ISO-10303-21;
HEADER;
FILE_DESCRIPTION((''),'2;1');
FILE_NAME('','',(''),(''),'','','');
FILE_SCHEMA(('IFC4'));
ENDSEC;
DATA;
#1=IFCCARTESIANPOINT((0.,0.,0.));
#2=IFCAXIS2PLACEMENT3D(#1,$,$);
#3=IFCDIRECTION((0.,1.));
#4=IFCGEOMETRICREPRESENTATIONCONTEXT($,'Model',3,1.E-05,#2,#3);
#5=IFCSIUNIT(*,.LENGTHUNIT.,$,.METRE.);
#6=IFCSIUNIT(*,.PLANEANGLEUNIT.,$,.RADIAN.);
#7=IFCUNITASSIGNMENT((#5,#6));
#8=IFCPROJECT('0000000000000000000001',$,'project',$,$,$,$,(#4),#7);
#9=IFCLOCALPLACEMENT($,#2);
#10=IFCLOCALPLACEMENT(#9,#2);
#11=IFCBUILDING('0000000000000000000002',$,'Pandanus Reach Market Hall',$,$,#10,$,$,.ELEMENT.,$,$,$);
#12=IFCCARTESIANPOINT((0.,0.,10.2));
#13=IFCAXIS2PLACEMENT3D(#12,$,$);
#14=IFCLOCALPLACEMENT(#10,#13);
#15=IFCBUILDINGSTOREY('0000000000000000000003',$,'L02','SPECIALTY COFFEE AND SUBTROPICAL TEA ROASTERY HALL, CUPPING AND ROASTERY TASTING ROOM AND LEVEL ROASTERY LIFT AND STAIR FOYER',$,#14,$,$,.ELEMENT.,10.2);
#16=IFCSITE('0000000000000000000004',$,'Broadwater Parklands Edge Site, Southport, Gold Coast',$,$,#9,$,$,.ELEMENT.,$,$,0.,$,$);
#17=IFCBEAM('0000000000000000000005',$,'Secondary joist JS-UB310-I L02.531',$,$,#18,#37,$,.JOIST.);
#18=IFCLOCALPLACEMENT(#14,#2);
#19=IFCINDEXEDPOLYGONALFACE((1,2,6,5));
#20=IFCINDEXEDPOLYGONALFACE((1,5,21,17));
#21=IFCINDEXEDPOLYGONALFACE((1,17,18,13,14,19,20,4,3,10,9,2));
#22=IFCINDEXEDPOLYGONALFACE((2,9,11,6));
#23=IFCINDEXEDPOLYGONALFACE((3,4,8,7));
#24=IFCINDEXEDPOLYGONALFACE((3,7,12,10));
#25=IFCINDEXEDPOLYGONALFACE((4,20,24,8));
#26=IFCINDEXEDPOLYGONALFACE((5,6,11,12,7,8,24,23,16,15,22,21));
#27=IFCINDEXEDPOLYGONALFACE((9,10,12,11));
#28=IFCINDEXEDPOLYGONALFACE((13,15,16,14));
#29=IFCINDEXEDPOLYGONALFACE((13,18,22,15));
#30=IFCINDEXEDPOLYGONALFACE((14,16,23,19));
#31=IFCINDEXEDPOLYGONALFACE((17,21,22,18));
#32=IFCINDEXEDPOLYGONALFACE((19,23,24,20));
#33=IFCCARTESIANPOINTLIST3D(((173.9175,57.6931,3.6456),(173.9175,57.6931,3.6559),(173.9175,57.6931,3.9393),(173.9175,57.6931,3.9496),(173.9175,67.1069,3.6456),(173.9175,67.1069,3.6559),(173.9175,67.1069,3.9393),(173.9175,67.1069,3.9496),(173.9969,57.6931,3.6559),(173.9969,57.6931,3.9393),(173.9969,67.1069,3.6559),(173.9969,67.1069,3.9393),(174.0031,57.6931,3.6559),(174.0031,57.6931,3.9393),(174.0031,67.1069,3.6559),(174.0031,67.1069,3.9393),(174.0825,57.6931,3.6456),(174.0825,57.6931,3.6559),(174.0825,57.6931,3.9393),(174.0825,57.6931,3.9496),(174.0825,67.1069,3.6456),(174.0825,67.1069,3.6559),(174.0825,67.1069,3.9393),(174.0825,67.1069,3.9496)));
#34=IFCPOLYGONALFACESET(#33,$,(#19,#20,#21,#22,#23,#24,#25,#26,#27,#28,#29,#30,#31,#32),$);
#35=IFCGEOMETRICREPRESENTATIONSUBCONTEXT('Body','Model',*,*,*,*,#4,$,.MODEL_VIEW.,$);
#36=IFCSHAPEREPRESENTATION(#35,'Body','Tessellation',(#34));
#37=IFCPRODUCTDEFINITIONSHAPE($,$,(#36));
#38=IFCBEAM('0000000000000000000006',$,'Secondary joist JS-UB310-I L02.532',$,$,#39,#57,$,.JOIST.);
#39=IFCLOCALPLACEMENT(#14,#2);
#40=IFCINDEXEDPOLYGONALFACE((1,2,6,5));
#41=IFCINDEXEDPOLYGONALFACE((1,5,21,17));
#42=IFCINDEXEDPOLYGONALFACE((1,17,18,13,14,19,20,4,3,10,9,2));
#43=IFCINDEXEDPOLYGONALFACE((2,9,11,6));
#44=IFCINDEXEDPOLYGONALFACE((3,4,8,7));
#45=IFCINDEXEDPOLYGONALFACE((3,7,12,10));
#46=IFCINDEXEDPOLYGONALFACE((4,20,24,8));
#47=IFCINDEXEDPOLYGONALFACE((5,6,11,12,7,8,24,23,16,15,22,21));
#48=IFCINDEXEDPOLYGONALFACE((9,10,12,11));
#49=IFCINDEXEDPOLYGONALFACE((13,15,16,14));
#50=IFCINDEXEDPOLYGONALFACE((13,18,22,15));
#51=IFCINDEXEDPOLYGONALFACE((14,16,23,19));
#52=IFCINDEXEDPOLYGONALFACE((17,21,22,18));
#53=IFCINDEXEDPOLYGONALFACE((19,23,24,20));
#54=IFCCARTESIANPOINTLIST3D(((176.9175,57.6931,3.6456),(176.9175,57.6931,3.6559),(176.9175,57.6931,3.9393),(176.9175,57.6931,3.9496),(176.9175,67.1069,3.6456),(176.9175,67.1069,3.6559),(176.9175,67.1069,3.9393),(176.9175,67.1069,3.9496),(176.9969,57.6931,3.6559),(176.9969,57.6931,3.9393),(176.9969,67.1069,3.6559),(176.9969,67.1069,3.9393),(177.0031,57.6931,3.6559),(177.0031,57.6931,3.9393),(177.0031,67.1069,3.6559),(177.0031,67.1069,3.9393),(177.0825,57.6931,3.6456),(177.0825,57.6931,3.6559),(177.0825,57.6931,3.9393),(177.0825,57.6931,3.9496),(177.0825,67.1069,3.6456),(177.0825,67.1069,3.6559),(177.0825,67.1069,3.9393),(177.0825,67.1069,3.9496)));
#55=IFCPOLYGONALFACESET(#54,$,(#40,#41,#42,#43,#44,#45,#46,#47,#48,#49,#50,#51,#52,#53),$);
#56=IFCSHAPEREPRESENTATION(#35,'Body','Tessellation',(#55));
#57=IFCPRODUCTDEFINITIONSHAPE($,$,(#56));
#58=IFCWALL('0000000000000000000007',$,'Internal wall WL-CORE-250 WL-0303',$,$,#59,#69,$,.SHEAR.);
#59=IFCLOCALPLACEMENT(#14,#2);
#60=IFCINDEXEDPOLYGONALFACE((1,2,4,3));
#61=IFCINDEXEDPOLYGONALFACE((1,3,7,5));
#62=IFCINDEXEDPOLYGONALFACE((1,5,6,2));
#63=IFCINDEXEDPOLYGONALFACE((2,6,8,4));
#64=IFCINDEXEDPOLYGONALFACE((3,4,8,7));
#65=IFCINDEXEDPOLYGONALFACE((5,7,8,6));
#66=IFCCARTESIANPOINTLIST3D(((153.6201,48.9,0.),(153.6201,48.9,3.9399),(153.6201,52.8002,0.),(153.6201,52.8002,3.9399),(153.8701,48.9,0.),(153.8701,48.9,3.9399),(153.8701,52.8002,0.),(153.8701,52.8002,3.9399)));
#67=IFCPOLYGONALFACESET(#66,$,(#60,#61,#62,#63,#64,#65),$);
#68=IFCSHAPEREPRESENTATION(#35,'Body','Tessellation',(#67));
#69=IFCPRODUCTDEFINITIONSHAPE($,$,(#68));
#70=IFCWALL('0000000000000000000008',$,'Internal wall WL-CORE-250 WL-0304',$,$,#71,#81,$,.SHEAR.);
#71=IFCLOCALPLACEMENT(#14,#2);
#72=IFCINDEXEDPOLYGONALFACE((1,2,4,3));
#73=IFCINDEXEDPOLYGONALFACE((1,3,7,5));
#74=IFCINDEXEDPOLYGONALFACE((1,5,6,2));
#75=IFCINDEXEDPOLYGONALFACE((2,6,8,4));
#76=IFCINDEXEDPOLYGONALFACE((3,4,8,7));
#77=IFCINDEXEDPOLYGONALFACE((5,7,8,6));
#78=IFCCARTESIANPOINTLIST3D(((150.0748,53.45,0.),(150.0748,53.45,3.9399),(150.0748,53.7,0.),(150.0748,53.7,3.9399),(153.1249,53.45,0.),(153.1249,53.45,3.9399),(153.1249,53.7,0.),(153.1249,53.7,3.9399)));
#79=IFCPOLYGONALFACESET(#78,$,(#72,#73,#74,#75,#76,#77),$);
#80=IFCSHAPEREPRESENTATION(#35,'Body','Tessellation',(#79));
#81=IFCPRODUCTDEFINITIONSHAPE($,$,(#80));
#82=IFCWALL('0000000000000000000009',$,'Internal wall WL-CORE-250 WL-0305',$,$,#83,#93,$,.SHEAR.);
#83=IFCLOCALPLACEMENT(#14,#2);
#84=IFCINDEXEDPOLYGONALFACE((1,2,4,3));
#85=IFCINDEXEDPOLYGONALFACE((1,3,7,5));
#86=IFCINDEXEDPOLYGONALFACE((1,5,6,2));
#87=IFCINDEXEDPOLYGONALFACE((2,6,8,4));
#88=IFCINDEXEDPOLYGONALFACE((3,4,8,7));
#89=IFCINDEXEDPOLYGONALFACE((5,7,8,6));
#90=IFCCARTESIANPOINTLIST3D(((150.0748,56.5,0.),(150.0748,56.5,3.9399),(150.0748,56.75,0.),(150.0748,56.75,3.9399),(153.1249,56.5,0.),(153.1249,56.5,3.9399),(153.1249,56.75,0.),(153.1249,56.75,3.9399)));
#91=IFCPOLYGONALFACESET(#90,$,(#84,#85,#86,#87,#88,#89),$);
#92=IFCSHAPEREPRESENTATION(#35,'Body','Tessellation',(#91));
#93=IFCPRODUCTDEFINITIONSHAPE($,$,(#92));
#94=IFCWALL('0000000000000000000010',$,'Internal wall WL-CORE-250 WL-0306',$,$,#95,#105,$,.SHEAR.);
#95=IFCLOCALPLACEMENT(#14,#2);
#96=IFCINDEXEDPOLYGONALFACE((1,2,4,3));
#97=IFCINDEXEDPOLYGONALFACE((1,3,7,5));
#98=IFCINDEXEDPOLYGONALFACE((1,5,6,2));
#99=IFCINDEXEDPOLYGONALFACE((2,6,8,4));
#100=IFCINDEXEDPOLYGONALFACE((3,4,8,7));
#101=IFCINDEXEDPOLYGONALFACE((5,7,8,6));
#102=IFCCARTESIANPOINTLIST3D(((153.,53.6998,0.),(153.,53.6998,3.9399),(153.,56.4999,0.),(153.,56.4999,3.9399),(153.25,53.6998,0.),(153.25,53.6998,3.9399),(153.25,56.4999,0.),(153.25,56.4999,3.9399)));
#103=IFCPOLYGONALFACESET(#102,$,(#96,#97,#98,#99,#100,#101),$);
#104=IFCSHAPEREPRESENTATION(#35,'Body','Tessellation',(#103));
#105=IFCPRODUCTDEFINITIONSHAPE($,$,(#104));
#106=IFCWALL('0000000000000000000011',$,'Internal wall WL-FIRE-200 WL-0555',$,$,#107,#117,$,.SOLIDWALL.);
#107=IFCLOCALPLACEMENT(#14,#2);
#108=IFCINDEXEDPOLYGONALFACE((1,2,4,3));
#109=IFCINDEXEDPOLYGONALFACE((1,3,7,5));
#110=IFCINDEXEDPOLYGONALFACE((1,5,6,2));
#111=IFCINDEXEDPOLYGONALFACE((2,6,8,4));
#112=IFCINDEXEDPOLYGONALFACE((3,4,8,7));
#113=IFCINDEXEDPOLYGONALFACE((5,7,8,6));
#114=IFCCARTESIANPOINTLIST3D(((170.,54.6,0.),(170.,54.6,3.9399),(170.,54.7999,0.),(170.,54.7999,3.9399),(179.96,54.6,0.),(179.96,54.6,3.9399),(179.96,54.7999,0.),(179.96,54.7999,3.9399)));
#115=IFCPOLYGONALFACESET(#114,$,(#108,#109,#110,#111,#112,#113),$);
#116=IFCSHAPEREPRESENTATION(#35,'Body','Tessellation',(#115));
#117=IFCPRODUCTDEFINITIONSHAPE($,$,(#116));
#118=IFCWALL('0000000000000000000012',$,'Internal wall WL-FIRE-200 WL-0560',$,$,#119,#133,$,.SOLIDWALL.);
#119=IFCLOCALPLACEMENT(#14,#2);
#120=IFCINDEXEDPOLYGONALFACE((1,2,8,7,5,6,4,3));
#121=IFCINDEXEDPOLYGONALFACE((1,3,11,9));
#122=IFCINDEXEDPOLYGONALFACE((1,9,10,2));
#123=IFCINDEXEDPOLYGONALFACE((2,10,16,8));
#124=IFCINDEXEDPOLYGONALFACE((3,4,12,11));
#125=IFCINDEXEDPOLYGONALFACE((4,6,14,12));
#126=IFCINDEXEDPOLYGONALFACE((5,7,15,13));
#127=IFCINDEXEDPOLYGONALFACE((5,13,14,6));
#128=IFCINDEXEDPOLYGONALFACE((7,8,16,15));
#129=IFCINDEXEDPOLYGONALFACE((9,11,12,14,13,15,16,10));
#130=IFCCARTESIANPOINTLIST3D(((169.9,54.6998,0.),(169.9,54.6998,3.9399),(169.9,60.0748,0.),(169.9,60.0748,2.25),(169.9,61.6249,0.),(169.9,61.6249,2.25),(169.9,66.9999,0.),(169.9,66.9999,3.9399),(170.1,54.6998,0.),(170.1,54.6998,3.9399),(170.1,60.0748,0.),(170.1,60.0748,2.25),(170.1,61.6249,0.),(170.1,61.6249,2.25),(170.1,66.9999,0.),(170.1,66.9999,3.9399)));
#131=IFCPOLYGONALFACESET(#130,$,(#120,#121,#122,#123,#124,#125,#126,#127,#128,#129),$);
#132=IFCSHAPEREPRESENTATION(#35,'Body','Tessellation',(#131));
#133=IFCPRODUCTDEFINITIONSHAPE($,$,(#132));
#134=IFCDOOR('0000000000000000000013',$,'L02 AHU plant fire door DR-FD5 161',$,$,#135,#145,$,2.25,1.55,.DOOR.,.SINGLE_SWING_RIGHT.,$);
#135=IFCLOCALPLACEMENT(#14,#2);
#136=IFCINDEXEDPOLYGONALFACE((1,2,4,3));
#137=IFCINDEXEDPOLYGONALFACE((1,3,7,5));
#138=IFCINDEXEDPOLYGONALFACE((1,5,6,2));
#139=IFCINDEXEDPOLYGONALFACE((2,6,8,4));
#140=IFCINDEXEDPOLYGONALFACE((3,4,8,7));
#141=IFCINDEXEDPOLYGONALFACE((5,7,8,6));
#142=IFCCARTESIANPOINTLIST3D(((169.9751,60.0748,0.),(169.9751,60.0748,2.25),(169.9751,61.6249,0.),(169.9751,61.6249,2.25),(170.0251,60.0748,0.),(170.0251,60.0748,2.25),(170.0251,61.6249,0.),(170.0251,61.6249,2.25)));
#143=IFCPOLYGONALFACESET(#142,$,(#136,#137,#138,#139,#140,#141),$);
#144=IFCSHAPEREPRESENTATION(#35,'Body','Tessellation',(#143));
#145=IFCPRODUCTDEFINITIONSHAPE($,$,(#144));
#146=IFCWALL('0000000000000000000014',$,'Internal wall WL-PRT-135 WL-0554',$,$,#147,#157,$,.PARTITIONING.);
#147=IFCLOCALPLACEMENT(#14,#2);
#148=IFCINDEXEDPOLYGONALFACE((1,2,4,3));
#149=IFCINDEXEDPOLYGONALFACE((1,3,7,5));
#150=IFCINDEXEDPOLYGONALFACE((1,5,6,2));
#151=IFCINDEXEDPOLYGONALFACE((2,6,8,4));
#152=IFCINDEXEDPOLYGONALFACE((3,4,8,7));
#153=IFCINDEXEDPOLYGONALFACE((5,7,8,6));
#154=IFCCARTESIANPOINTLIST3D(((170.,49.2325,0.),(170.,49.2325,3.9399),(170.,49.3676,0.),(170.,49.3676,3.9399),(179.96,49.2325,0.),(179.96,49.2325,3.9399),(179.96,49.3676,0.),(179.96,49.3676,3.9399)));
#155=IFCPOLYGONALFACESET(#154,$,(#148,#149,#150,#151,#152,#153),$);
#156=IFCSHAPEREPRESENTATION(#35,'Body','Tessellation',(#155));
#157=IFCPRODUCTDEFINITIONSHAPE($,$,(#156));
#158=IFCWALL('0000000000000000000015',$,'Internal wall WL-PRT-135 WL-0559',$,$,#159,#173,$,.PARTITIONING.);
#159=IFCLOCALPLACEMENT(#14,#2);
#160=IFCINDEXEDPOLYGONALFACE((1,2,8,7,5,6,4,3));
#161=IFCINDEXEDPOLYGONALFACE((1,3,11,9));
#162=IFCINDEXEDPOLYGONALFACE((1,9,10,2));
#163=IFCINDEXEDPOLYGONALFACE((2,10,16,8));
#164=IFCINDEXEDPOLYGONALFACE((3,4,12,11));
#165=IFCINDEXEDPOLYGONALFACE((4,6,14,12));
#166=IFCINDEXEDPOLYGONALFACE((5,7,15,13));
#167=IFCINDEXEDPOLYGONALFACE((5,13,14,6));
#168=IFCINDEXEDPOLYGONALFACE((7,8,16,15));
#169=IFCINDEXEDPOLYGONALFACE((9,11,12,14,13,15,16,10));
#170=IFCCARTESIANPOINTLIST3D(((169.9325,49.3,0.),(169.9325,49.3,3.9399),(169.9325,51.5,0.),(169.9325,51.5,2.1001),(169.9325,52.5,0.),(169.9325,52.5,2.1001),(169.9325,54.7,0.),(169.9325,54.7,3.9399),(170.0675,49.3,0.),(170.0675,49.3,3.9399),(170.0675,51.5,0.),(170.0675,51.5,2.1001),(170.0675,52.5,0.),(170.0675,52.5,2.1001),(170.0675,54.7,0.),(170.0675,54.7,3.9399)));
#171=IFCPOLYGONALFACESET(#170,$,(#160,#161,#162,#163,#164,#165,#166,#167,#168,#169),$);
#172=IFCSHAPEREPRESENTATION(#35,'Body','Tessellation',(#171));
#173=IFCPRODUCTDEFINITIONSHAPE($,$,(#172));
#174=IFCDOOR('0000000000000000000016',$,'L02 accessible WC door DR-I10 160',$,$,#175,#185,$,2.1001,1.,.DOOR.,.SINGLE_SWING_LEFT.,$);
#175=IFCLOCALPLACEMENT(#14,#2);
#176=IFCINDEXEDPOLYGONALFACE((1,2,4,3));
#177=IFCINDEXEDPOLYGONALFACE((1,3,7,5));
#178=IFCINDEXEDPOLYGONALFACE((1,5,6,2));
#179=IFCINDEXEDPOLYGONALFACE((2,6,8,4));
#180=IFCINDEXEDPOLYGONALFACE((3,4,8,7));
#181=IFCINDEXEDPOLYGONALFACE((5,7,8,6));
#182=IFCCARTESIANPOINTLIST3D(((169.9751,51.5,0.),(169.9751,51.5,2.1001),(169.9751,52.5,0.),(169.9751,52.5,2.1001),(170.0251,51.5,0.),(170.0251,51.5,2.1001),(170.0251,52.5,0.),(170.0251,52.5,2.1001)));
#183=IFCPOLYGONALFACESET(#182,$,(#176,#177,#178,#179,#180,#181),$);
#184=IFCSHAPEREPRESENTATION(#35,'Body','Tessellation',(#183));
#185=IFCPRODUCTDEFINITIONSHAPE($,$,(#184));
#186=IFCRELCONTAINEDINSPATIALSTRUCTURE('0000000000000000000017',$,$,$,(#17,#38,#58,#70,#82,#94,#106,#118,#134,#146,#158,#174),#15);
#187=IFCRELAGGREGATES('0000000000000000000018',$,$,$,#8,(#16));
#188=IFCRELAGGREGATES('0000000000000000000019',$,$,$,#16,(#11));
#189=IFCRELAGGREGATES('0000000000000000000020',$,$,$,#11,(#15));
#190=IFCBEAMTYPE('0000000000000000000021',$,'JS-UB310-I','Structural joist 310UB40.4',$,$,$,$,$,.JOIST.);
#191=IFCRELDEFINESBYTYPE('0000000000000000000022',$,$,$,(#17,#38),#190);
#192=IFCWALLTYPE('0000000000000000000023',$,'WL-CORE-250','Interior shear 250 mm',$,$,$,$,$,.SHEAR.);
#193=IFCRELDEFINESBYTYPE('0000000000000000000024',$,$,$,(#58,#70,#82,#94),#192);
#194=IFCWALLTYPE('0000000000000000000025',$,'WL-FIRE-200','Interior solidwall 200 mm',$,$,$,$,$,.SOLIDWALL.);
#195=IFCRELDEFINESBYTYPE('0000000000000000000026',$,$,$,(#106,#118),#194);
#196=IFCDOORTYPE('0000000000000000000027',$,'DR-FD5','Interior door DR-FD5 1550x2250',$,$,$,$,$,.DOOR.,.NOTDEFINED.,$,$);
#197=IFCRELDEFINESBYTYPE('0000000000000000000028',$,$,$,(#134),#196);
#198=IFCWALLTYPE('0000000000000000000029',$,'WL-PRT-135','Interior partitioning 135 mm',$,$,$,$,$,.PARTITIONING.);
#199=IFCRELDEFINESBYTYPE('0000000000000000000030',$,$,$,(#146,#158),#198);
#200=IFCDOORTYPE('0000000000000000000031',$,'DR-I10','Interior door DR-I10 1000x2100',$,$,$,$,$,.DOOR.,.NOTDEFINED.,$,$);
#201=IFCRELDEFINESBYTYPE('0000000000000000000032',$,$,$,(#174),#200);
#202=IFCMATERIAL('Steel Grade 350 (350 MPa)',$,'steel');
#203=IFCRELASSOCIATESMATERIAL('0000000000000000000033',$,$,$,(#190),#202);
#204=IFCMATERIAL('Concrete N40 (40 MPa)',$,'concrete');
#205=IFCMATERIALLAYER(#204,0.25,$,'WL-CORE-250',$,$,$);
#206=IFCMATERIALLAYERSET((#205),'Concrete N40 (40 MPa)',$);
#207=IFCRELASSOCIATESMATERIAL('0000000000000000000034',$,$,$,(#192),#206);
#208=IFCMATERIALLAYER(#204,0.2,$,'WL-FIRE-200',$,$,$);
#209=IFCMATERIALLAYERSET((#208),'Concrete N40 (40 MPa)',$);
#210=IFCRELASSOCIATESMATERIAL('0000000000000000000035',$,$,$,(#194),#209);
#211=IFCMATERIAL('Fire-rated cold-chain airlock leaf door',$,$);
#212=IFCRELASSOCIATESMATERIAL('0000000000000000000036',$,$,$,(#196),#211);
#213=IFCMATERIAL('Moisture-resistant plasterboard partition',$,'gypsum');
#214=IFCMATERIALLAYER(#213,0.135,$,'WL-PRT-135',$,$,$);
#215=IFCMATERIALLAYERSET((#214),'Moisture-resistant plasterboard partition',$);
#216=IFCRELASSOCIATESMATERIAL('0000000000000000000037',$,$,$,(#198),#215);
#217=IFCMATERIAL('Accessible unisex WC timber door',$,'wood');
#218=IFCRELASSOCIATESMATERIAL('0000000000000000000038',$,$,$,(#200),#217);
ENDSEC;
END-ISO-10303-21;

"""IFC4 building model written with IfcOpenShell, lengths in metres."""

from ifc_helpers import new_model, si_unit, direction, frame, frame_2d, origin, origin_2d, place, context, subcontext, project, spatial, rectangle, i_section, extrude, material, layer, layer_set, material_profile, profile_set, type_object, element, fill, save


model = new_model("IFC4")

# Units and contexts
model_context = context("Model", 3, precision=1e-05, world=origin(), true_north=direction((0.0, 1.0)))
body_context = subcontext(model_context, "Body", "Model", "MODEL_VIEW")
ifc_project = project(units=[si_unit("LENGTHUNIT", "METRE"), si_unit("PLANEANGLEUNIT", "RADIAN")], contexts=[model_context])

# Site, building, storey
site_placement = place(None, origin())
site = spatial("IfcSite", under=ifc_project, at=site_placement, Name="Broadwater Parklands Edge Site, Southport, Gold Coast", CompositionType="ELEMENT", RefElevation=0.0)
building_placement = place(site_placement, origin())
building = spatial("IfcBuilding", under=site, at=building_placement, Name="Pandanus Reach Market Hall", CompositionType="ELEMENT")
storey_placement = place(building_placement, frame((0.0, 0.0, 10.2)))
storey = spatial("IfcBuildingStorey", under=building, at=storey_placement, Name="L02", Description="SPECIALTY COFFEE AND SUBTROPICAL TEA ROASTERY HALL, CUPPING AND ROASTERY TASTING ROOM AND LEVEL ROASTERY LIFT AND STAIR FOYER", CompositionType="ELEMENT", Elevation=10.2)

# Shared definitions
ifc_material_1 = material(Name="Concrete N40 (40 MPa)", Category="concrete")

# Beams
ifc_material_2 = material(Name="Steel Grade 350 (350 MPa)", Category="steel")
ifc_material_profile_1 = material_profile(ifc_material_2, i_section(OverallWidth=0.165, OverallDepth=0.304, WebThickness=0.0061, FlangeThickness=0.0103, at=origin_2d()), Name="310UB40.4", Category="LoadBearing")
ifc_profile_set_1 = profile_set([ifc_material_profile_1], Name="Steel Grade 350 (350 MPa)")
beam_type_1 = type_object("IfcBeamType", Name="JS-UB310-I", Description="Structural joist 310UB40.4", PredefinedType="JOIST", material=ifc_profile_set_1)
for number, where, z_axis, x_axis, name in (
    (1, (174.0, 57.6931, 3.7976), (0.0, 1.0, 0.0), (-1.0, 0.0, 0.0), "Secondary joist JS-UB310-I L02.531"),
    (2, (177.0, 57.6931, 3.7976), (0.0, 1.0, 0.0), (-1.0, 0.0, 0.0), "Secondary joist JS-UB310-I L02.532"),
):
    element("IfcBeam", number, at=place(storey_placement, frame(where, z_axis=z_axis, x_axis=x_axis)), inside=storey, type_object=beam_type_1, Name=name, PredefinedType="JOIST", context=body_context, shape_type="SweptSolid", body=[
        extrude(i_section(OverallWidth=0.165, OverallDepth=0.304, WebThickness=0.0061, FlangeThickness=0.0103, at=origin_2d()), origin(), (0.0, 0.0, 1.0), 9.4138),
    ])

# Walls
ifc_layer_1 = layer(ifc_material_1, 0.25, Name="WL-CORE-250")
ifc_layer_set_1 = layer_set([ifc_layer_1], Name="Concrete N40 (40 MPa)")
wall_type_1 = type_object("IfcWallType", Name="WL-CORE-250", Description="Interior shear 250 mm", PredefinedType="SHEAR", material=ifc_layer_set_1)
wall_1_placement = place(storey_placement, frame((153.7451, 48.8999, 0.0), z_axis=(0.0, 0.0, 1.0), x_axis=(0.0, 1.0, 0.0)))
element("IfcWall", 3, at=wall_1_placement, inside=storey, type_object=wall_type_1, Name="Internal wall WL-CORE-250 WL-0303", PredefinedType="SHEAR", context=body_context, shape_type="SweptSolid", body=[
    extrude(rectangle(XDim=3.9001, YDim=0.25, at=frame_2d((1.9502, 0.0))), origin(), (0.0, 0.0, 1.0), 3.9399),
])
for number, where, z_axis, x_axis, name in (
    (4, (150.075, 53.575, 0.0), (0.0, 0.0, 1.0), (1.0, 0.0, 0.0), "Internal wall WL-CORE-250 WL-0304"),
    (5, (150.075, 56.625, 0.0), (0.0, 0.0, 1.0), (1.0, 0.0, 0.0), "Internal wall WL-CORE-250 WL-0305"),
):
    element("IfcWall", number, at=place(storey_placement, frame(where, z_axis=z_axis, x_axis=x_axis)), inside=storey, type_object=wall_type_1, Name=name, PredefinedType="SHEAR", context=body_context, shape_type="SweptSolid", body=[
        extrude(rectangle(XDim=3.05, YDim=0.25, at=frame_2d((1.5249, 0.0))), origin(), (0.0, 0.0, 1.0), 3.9399),
    ])
wall_2_placement = place(storey_placement, frame((153.125, 53.7, 0.0), z_axis=(0.0, 0.0, 1.0), x_axis=(0.0, 1.0, 0.0)))
element("IfcWall", 6, at=wall_2_placement, inside=storey, type_object=wall_type_1, Name="Internal wall WL-CORE-250 WL-0306", PredefinedType="SHEAR", context=body_context, shape_type="SweptSolid", body=[
    extrude(rectangle(XDim=2.8, YDim=0.25, at=frame_2d((1.3999, 0.0))), origin(), (0.0, 0.0, 1.0), 3.9399),
])

# Wall
ifc_layer_2 = layer(ifc_material_1, 0.2, Name="WL-FIRE-200")
ifc_layer_set_2 = layer_set([ifc_layer_2], Name="Concrete N40 (40 MPa)")
wall_type_2 = type_object("IfcWallType", Name="WL-FIRE-200", Description="Interior solidwall 200 mm", PredefinedType="SOLIDWALL", material=ifc_layer_set_2)
wall_3_placement = place(storey_placement, frame((170.0, 54.7, 0.0), z_axis=(0.0, 0.0, 1.0), x_axis=(1.0, 0.0, 0.0)))
element("IfcWall", 7, at=wall_3_placement, inside=storey, type_object=wall_type_2, Name="Internal wall WL-FIRE-200 WL-0555", PredefinedType="SOLIDWALL", context=body_context, shape_type="SweptSolid", body=[
    extrude(rectangle(XDim=9.96, YDim=0.2, at=frame_2d((4.98, 0.0))), origin(), (0.0, 0.0, 1.0), 3.9399),
])

# Wall, opening, door
wall_4_placement = place(storey_placement, frame((170.0, 54.7, 0.0), z_axis=(0.0, 0.0, 1.0), x_axis=(0.0, 1.0, 0.0)))
wall_4 = element("IfcWall", 8, at=wall_4_placement, inside=storey, type_object=wall_type_2, Name="Internal wall WL-FIRE-200 WL-0560", PredefinedType="SOLIDWALL", context=body_context, shape_type="SweptSolid", body=[
    extrude(rectangle(XDim=12.3, YDim=0.2, at=frame_2d((6.1499, 0.0))), origin(), (0.0, 0.0, 1.0), 3.9399),
])
opening_1_placement = place(wall_4_placement, frame((5.375, 0.0, 0.0)))
opening_1 = element("IfcOpeningElement", 9, at=opening_1_placement, cuts=wall_4, PredefinedType="OPENING", context=body_context, shape_type="SweptSolid", body=[
    extrude(rectangle(XDim=1.55, YDim=2.25, at=frame_2d((0.7749, 1.125))), frame((0.0, 0.115, 0.0), z_axis=(0.0, -1.0, 0.0), x_axis=(1.0, 0.0, 0.0)), (0.0, 0.0, 1.0), 0.23),
])
ifc_material_3 = material(Name="Fire-rated cold-chain airlock leaf door")
door_type_1 = type_object("IfcDoorType", Name="DR-FD5", Description="Interior door DR-FD5 1550x2250", OperationType="NOTDEFINED", PredefinedType="DOOR", material=ifc_material_3)
door_1_placement = place(opening_1_placement, origin())
door_1 = element("IfcDoor", 10, at=door_1_placement, inside=storey, type_object=door_type_1, Name="L02 AHU plant fire door DR-FD5 161", OperationType="SINGLE_SWING_RIGHT", OverallHeight=2.25, OverallWidth=1.55, PredefinedType="DOOR", context=body_context, shape_type="SweptSolid", body=[
    extrude(rectangle(XDim=1.55, YDim=2.25, at=frame_2d((0.7749, 1.125))), frame((0.0, 0.0249, 0.0), z_axis=(0.0, -1.0, 0.0), x_axis=(1.0, 0.0, 0.0)), (0.0, 0.0, 1.0), 0.05),
])
fill(opening_1, door_1)

# Wall
ifc_material_4 = material(Name="Moisture-resistant plasterboard partition", Category="gypsum")
ifc_layer_3 = layer(ifc_material_4, 0.135, Name="WL-PRT-135")
ifc_layer_set_3 = layer_set([ifc_layer_3], Name="Moisture-resistant plasterboard partition")
wall_type_3 = type_object("IfcWallType", Name="WL-PRT-135", Description="Interior partitioning 135 mm", PredefinedType="PARTITIONING", material=ifc_layer_set_3)
wall_5_placement = place(storey_placement, frame((170.0, 49.3, 0.0), z_axis=(0.0, 0.0, 1.0), x_axis=(1.0, 0.0, 0.0)))
element("IfcWall", 11, at=wall_5_placement, inside=storey, type_object=wall_type_3, Name="Internal wall WL-PRT-135 WL-0554", PredefinedType="PARTITIONING", context=body_context, shape_type="SweptSolid", body=[
    extrude(rectangle(XDim=9.96, YDim=0.135, at=frame_2d((4.98, 0.0))), origin(), (0.0, 0.0, 1.0), 3.9399),
])

# Wall, opening, door
wall_6_placement = place(storey_placement, frame((170.0, 49.3, 0.0), z_axis=(0.0, 0.0, 1.0), x_axis=(0.0, 1.0, 0.0)))
wall_6 = element("IfcWall", 12, at=wall_6_placement, inside=storey, type_object=wall_type_3, Name="Internal wall WL-PRT-135 WL-0559", PredefinedType="PARTITIONING", context=body_context, shape_type="SweptSolid", body=[
    extrude(rectangle(XDim=5.3999, YDim=0.135, at=frame_2d((2.7, 0.0))), origin(), (0.0, 0.0, 1.0), 3.9399),
])
opening_2_placement = place(wall_6_placement, frame((2.2, 0.0, 0.0)))
opening_2 = element("IfcOpeningElement", 13, at=opening_2_placement, cuts=wall_6, PredefinedType="OPENING", context=body_context, shape_type="SweptSolid", body=[
    extrude(rectangle(XDim=1.0, YDim=2.1001, at=frame_2d((0.5, 1.05))), frame((0.0, 0.0825, 0.0), z_axis=(0.0, -1.0, 0.0), x_axis=(1.0, 0.0, 0.0)), (0.0, 0.0, 1.0), 0.165),
])
ifc_material_5 = material(Name="Accessible unisex WC timber door", Category="wood")
door_type_2 = type_object("IfcDoorType", Name="DR-I10", Description="Interior door DR-I10 1000x2100", OperationType="NOTDEFINED", PredefinedType="DOOR", material=ifc_material_5)
door_2_placement = place(opening_2_placement, origin())
door_2 = element("IfcDoor", 14, at=door_2_placement, inside=storey, type_object=door_type_2, Name="L02 accessible WC door DR-I10 160", OperationType="SINGLE_SWING_LEFT", OverallHeight=2.1001, OverallWidth=1.0, PredefinedType="DOOR", context=body_context, shape_type="SweptSolid", body=[
    extrude(rectangle(XDim=1.0, YDim=2.1001, at=frame_2d((0.5, 1.05))), frame((0.0, 0.0249, 0.0), z_axis=(0.0, -1.0, 0.0), x_axis=(1.0, 0.0, 0.0)), (0.0, 0.0, 1.0), 0.05),
])
fill(opening_2, door_2)

save(model, "model.ifc")
